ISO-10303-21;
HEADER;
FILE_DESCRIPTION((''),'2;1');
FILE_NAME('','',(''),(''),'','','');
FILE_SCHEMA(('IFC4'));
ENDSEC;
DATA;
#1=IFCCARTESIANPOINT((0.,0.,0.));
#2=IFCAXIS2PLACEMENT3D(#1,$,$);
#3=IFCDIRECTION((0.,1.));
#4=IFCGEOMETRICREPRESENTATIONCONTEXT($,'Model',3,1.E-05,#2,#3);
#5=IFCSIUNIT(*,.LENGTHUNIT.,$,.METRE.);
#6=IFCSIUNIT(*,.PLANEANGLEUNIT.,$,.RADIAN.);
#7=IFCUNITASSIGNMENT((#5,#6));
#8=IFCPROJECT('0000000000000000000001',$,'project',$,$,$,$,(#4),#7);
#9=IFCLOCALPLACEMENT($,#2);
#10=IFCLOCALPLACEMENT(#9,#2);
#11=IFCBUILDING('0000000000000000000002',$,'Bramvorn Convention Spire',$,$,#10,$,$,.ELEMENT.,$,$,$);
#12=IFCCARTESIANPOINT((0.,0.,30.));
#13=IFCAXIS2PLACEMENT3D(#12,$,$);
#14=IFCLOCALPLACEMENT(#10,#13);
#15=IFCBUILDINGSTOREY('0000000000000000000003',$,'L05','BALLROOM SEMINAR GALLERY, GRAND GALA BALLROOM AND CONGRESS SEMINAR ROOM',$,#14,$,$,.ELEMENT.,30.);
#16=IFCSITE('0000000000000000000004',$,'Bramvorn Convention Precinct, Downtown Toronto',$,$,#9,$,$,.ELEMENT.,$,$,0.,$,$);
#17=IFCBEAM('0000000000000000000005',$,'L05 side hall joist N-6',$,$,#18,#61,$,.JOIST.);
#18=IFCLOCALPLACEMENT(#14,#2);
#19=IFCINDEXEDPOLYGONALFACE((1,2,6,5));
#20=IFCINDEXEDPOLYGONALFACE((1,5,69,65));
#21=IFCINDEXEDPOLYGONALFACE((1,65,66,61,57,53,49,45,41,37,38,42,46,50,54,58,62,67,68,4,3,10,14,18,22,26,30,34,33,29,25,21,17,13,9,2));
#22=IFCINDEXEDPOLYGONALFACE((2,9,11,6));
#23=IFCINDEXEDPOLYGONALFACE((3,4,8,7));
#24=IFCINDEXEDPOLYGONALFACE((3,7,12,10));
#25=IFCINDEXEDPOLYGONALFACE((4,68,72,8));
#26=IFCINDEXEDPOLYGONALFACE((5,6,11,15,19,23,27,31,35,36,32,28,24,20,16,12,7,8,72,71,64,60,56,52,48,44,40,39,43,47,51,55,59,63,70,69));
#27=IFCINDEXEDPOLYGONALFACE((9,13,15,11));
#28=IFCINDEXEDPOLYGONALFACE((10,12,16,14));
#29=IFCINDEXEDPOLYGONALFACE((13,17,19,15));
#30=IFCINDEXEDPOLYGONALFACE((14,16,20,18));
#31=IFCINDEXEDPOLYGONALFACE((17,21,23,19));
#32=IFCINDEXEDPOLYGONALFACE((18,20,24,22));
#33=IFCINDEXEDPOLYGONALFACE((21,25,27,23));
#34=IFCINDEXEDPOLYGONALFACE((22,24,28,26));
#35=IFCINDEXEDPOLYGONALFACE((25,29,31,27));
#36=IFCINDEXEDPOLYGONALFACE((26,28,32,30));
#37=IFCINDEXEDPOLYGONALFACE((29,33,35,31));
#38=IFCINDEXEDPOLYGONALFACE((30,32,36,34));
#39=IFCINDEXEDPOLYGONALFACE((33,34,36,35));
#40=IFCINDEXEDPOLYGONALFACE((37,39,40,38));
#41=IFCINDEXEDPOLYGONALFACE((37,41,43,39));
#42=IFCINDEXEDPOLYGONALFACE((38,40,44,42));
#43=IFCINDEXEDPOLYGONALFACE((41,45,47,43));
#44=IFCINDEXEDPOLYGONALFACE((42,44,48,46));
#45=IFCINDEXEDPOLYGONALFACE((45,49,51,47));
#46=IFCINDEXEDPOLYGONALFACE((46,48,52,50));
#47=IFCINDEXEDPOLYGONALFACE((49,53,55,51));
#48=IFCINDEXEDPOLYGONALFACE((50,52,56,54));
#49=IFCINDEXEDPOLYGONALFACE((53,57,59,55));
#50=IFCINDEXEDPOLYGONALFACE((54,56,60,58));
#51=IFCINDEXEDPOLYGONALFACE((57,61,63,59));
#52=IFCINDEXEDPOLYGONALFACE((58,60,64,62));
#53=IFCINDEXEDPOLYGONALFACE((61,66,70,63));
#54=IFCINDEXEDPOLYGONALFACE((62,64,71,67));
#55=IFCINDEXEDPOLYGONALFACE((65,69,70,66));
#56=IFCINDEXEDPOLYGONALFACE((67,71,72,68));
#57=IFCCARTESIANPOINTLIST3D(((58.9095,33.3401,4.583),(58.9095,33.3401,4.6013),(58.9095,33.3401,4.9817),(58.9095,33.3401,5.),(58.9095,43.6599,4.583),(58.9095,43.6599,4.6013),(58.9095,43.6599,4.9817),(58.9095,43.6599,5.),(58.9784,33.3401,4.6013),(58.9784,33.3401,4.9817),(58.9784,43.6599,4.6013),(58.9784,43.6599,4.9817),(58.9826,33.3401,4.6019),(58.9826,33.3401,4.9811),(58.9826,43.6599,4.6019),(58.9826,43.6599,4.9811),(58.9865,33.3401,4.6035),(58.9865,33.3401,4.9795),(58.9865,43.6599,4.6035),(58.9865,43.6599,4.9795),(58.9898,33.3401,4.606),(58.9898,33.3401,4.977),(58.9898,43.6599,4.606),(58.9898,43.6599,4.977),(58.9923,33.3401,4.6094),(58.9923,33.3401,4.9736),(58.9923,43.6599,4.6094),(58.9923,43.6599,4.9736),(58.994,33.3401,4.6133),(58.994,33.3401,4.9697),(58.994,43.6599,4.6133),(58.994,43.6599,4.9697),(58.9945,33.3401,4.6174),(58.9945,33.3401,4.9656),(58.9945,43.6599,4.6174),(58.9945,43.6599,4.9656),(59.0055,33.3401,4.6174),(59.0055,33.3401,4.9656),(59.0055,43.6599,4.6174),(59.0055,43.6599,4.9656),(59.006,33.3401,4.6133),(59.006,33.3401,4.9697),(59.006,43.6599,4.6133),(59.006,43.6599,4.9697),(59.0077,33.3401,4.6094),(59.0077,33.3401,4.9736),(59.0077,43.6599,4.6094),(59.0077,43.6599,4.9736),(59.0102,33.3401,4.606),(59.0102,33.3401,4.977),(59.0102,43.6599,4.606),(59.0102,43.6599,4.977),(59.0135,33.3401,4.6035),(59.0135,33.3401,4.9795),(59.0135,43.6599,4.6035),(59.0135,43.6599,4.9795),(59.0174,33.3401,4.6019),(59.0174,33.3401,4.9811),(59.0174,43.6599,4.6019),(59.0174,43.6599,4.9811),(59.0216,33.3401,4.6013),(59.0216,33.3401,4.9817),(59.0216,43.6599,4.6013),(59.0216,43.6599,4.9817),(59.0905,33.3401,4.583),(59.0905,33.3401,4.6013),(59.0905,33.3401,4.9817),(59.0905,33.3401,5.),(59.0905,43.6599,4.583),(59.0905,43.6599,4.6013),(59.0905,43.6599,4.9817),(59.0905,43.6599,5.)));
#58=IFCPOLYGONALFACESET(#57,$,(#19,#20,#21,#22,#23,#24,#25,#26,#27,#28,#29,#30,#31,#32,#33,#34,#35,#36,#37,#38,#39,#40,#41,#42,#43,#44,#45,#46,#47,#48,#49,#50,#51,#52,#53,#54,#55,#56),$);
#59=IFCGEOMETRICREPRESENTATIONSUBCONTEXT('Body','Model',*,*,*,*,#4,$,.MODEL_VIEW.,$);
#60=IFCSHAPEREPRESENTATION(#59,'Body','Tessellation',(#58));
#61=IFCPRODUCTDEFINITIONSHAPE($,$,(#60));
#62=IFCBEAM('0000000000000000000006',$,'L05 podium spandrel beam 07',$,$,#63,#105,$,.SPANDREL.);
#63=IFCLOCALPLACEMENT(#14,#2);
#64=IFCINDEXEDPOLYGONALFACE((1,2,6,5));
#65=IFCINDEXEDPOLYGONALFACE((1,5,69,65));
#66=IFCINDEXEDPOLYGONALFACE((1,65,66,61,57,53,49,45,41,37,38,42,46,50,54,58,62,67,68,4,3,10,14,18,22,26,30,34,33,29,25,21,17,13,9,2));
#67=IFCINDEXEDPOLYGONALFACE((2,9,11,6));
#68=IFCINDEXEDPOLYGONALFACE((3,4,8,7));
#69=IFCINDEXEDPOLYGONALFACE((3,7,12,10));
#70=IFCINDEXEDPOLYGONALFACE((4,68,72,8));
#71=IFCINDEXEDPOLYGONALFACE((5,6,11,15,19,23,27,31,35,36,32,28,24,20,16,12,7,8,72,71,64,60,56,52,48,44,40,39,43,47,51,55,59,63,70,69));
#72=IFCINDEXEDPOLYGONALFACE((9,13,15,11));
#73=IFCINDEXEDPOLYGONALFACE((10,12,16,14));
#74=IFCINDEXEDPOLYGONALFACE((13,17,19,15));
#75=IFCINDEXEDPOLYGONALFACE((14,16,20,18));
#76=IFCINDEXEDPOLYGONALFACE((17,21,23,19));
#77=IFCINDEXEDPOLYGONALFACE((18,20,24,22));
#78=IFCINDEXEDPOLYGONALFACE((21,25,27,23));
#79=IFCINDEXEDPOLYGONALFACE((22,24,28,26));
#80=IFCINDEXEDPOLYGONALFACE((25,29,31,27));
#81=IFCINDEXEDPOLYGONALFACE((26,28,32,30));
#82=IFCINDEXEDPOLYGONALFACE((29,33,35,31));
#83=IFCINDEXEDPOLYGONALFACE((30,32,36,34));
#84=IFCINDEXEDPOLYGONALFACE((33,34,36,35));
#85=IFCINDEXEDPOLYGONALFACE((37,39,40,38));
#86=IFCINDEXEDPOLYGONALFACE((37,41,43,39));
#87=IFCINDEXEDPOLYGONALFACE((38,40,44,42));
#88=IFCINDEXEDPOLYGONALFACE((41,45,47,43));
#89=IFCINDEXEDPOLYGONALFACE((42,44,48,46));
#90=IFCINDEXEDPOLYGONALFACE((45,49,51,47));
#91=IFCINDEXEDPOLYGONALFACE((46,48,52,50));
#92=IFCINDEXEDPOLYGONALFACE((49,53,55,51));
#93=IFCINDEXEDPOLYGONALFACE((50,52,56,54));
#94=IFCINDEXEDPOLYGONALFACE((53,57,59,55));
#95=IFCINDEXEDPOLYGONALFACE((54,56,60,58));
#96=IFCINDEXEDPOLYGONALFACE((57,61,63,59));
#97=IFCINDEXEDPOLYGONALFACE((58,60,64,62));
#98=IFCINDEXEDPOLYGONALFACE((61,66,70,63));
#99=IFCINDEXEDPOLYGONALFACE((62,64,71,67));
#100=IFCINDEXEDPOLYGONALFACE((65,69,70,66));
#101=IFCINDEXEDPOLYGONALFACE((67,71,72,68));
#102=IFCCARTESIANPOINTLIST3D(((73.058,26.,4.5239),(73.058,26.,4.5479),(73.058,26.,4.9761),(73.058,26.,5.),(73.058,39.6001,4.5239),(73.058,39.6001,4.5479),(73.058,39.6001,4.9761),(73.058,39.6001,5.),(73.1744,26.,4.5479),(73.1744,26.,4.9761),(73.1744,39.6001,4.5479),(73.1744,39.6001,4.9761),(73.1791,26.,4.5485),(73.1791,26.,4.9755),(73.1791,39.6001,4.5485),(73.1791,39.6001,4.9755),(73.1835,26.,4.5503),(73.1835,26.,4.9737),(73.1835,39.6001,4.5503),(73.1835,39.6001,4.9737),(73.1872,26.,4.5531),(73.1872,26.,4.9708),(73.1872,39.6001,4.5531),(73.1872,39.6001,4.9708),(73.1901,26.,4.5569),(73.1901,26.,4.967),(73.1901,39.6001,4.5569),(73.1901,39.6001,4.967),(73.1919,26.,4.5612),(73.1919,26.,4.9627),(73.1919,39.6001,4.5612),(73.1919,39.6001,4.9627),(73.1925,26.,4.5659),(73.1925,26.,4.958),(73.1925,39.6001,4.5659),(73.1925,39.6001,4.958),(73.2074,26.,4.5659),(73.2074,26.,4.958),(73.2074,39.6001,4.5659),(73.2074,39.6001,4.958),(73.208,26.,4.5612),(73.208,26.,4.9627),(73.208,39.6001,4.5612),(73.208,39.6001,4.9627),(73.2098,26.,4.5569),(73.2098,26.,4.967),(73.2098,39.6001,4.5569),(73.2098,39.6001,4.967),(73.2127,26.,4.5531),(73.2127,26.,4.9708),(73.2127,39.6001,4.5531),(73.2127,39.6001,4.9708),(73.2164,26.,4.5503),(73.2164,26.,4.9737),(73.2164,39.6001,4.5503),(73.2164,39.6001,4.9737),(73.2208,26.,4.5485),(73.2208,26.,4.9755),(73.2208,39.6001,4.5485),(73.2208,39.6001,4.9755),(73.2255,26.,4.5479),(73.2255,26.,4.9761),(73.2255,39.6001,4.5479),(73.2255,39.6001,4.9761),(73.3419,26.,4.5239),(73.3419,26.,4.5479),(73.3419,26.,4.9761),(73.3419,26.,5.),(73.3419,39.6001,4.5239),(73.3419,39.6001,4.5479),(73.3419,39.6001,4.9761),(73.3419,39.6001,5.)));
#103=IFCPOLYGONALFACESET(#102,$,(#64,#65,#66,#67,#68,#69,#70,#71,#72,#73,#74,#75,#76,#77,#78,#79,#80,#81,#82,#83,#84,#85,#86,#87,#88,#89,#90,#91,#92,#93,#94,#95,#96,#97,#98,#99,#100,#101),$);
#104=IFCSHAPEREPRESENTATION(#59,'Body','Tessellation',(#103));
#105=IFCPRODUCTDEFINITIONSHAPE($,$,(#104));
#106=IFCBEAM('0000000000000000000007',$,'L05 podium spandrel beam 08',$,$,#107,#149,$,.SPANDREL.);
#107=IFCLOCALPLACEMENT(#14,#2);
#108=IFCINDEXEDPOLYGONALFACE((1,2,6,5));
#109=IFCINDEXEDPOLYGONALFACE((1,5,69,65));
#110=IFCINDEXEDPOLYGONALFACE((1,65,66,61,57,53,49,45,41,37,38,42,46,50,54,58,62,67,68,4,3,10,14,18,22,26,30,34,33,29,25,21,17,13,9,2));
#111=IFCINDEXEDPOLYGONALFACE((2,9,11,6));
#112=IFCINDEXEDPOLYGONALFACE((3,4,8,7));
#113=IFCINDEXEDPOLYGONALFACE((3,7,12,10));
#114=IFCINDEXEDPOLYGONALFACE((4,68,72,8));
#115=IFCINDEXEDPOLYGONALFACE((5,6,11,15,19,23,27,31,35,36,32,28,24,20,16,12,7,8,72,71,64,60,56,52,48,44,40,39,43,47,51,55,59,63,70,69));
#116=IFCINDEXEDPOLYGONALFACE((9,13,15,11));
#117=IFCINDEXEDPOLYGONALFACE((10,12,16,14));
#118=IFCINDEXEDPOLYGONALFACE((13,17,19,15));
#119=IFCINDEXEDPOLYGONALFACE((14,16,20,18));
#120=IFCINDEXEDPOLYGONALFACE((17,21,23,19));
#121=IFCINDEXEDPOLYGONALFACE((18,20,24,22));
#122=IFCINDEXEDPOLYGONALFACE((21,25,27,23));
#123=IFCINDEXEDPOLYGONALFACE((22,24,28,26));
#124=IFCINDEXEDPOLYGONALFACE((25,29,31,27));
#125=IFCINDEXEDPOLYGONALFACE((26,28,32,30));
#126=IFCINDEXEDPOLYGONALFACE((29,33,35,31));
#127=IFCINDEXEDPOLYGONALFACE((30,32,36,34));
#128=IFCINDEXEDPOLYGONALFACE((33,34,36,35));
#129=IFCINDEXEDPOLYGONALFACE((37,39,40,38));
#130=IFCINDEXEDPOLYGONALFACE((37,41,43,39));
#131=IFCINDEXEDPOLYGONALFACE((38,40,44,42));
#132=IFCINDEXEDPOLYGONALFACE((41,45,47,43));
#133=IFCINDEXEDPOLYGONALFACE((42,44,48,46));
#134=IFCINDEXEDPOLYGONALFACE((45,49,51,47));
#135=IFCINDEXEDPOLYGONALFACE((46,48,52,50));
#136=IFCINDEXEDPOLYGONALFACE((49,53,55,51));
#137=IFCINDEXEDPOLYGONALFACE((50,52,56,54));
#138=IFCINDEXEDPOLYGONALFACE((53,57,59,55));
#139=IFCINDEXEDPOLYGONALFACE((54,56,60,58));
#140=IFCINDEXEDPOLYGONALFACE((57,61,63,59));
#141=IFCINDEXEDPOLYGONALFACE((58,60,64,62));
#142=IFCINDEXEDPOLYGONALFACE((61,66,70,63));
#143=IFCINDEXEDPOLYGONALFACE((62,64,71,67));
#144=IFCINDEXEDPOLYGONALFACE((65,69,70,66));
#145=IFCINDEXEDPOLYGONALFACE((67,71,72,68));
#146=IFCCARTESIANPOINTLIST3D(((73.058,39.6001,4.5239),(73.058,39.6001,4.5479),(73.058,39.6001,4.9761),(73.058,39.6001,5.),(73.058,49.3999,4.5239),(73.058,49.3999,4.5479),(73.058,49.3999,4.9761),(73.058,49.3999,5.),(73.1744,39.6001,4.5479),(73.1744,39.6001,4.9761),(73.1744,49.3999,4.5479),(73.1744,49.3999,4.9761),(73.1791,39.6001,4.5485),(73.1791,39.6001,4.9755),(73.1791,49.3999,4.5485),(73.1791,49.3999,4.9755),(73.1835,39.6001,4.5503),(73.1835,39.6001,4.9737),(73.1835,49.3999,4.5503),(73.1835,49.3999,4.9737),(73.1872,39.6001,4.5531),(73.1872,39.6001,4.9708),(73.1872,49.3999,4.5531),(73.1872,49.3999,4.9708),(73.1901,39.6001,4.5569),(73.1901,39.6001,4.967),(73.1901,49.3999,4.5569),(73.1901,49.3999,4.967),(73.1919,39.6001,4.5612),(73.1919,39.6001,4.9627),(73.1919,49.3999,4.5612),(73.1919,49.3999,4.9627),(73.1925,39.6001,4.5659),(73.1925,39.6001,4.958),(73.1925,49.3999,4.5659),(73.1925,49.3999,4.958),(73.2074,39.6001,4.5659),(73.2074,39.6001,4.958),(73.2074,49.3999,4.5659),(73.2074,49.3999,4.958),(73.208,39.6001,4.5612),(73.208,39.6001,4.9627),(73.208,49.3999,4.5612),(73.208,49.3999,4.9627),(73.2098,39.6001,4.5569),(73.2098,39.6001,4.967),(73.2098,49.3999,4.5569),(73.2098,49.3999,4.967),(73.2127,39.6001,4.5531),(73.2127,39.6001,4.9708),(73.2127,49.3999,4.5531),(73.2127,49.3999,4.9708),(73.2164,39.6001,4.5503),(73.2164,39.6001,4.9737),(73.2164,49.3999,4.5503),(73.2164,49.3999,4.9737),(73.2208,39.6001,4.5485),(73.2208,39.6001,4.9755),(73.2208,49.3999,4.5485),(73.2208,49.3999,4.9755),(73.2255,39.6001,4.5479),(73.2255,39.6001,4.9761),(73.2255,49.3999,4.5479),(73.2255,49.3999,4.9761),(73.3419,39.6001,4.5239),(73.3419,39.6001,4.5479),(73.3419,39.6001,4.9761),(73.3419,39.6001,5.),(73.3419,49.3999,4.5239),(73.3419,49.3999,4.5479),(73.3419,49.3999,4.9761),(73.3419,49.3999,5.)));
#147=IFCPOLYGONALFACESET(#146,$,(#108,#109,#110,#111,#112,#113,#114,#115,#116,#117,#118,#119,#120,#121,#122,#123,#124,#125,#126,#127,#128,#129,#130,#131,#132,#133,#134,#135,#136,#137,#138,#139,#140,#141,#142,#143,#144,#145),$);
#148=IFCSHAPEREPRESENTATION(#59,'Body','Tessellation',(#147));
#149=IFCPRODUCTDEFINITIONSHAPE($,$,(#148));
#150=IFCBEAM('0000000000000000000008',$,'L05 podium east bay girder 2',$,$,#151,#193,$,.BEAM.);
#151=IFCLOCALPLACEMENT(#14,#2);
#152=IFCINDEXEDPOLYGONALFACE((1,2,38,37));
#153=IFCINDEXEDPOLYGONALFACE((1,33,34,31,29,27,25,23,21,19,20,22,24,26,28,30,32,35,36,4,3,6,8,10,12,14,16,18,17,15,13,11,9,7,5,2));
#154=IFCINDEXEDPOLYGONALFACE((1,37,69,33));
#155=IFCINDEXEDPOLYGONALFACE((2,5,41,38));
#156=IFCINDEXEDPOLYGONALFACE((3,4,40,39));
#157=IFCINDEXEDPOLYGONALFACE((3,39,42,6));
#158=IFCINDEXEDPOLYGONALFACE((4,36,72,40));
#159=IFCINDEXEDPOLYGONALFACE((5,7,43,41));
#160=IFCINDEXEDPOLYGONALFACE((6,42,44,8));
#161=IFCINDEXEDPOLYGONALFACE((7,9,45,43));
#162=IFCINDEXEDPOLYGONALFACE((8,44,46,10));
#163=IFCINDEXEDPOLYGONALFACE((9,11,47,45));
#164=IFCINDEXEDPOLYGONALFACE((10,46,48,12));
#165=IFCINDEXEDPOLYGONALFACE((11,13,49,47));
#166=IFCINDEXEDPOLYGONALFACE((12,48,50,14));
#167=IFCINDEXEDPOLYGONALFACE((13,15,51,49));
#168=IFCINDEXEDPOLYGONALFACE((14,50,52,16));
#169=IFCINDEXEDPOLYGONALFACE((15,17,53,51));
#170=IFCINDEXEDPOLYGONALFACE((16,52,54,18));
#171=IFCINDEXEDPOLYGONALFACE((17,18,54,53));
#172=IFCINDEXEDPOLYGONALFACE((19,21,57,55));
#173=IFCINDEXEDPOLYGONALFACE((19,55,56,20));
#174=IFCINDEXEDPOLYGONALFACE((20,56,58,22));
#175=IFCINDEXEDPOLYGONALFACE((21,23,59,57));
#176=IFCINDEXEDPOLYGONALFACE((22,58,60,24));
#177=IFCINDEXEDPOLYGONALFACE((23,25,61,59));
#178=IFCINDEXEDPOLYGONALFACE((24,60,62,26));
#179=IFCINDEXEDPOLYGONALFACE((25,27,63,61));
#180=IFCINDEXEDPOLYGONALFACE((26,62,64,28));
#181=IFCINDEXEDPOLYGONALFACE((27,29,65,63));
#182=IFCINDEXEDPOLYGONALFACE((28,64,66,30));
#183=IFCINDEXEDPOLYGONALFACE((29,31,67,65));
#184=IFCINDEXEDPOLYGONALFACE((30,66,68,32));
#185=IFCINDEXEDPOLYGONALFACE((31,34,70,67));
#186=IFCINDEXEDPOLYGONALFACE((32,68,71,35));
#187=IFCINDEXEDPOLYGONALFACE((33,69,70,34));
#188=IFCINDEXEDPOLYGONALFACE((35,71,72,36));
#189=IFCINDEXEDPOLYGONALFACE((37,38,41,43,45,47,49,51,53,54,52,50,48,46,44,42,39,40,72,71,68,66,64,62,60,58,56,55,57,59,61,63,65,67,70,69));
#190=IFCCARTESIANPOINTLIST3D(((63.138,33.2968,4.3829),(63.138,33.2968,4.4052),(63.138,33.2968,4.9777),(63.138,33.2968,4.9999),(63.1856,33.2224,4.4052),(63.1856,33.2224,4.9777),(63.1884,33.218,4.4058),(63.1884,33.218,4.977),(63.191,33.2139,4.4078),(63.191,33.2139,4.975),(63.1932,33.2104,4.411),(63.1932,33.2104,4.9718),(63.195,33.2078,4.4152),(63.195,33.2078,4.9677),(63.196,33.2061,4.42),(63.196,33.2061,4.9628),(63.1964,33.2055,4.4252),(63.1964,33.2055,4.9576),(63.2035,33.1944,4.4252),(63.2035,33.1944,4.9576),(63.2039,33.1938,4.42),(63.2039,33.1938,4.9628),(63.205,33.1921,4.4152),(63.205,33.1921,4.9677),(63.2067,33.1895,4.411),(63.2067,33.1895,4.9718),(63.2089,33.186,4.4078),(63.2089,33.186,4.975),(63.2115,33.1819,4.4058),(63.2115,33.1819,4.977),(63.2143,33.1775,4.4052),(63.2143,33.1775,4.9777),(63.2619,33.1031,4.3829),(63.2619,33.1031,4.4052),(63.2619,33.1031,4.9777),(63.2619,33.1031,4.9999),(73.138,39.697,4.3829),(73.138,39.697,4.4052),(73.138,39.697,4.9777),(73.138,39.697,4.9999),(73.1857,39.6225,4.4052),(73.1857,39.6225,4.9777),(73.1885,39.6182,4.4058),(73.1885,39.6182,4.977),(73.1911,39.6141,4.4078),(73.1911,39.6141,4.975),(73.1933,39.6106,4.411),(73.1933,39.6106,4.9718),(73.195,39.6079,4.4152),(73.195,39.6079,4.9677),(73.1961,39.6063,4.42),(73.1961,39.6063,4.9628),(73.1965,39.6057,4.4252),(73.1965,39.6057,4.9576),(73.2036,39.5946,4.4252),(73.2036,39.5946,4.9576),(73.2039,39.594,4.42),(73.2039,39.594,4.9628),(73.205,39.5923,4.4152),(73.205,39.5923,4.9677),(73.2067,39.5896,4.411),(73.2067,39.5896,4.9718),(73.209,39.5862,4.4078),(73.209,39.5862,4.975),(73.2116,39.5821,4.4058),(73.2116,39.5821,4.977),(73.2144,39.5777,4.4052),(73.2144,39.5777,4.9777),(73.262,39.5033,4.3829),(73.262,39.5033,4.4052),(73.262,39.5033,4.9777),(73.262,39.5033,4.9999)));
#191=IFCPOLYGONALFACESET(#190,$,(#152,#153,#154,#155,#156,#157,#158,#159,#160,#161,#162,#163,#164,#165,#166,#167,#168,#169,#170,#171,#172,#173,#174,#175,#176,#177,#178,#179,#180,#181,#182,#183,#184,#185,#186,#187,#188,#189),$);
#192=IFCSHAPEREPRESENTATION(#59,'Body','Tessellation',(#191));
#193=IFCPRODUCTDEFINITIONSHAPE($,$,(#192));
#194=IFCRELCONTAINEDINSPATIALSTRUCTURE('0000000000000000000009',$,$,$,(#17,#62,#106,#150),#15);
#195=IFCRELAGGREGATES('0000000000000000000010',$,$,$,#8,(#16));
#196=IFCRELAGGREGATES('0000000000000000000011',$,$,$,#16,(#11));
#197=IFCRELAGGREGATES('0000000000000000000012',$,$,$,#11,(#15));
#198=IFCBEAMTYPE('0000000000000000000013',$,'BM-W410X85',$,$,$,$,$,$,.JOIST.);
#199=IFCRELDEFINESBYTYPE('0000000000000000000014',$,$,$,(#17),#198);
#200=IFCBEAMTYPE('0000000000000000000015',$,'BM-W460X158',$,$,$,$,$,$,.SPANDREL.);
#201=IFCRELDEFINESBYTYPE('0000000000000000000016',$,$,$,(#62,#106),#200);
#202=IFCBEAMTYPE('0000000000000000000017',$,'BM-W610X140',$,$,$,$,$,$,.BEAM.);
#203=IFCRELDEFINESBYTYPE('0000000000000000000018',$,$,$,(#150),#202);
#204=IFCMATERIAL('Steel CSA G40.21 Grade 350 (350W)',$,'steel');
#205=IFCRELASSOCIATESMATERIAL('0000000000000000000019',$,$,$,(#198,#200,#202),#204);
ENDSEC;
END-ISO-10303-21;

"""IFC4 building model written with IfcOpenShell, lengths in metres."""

from ifc_helpers import new_model, si_unit, direction, frame, origin, origin_2d, place, context, subcontext, project, spatial, i_section, extrude, material, material_profile, profile_set, type_object, element, save


model = new_model("IFC4")

# Units and contexts
model_context = context("Model", 3, precision=1e-05, world=origin(), true_north=direction((0.0, 1.0)))
body_context = subcontext(model_context, "Body", "Model", "MODEL_VIEW")
ifc_project = project(units=[si_unit("LENGTHUNIT", "METRE"), si_unit("PLANEANGLEUNIT", "RADIAN")], contexts=[model_context])

# Site, building, storey
site_placement = place(None, origin())
site = spatial("IfcSite", under=ifc_project, at=site_placement, Name="Bramvorn Convention Precinct, Downtown Toronto", CompositionType="ELEMENT", RefElevation=0.0)
building_placement = place(site_placement, origin())
building = spatial("IfcBuilding", under=site, at=building_placement, Name="Bramvorn Convention Spire", CompositionType="ELEMENT")
storey_placement = place(building_placement, frame((0.0, 0.0, 30.0)))
storey = spatial("IfcBuildingStorey", under=building, at=storey_placement, Name="L05", Description="BALLROOM SEMINAR GALLERY, GRAND GALA BALLROOM AND CONGRESS SEMINAR ROOM", CompositionType="ELEMENT", Elevation=30.0)

# Shared definitions
ifc_material_1 = material(Name="Steel CSA G40.21 Grade 350 (350W)", Category="steel")

# Beams
ifc_material_profile_1 = material_profile(ifc_material_1, i_section(OverallWidth=0.1809, OverallDepth=0.417, WebThickness=0.011, FlangeThickness=0.0183, FilletRadius=0.0161, at=origin_2d()))
ifc_profile_set_1 = profile_set([ifc_material_profile_1], Name="Steel CSA G40.21 Grade 350 (350W) - W410X85")
beam_type_1 = type_object("IfcBeamType", Name="BM-W410X85", PredefinedType="JOIST", material=ifc_profile_set_1)
for number, where, z_axis, x_axis, name in (
    (1, (59.0, 33.3401, 4.7915), (0.0, 1.0, 0.0), (-1.0, 0.0, 0.0), "L05 side hall joist N-6"),
):
    element("IfcBeam", number, at=place(storey_placement, frame(where, z_axis=z_axis, x_axis=x_axis)), inside=storey, type_object=beam_type_1, Name=name, PredefinedType="JOIST", context=body_context, shape_type="SweptSolid", body=[
        extrude(i_section(OverallWidth=0.1809, OverallDepth=0.417, WebThickness=0.011, FlangeThickness=0.0183, FilletRadius=0.0161, at=origin_2d()), origin(), (0.0, 0.0, 1.0), 10.3198),
    ])
ifc_material_profile_2 = material_profile(ifc_material_1, i_section(OverallWidth=0.2839, OverallDepth=0.4761, WebThickness=0.0149, FlangeThickness=0.0239, FilletRadius=0.0181, at=origin_2d()))
ifc_profile_set_2 = profile_set([ifc_material_profile_2], Name="Steel CSA G40.21 Grade 350 (350W) - W460X158")
beam_type_2 = type_object("IfcBeamType", Name="BM-W460X158", PredefinedType="SPANDREL", material=ifc_profile_set_2)
beam_1_placement = place(storey_placement, frame((73.2, 26.0, 4.762), z_axis=(0.0, 1.0, 0.0), x_axis=(-1.0, 0.0, 0.0)))
element("IfcBeam", 2, at=beam_1_placement, inside=storey, type_object=beam_type_2, Name="L05 podium spandrel beam 07", PredefinedType="SPANDREL", context=body_context, shape_type="SweptSolid", body=[
    extrude(i_section(OverallWidth=0.2839, OverallDepth=0.4761, WebThickness=0.0149, FlangeThickness=0.0239, FilletRadius=0.0181, at=origin_2d()), origin(), (0.0, 0.0, 1.0), 13.6001),
])
beam_2_placement = place(storey_placement, frame((73.2, 39.6001, 4.762), z_axis=(0.0, 1.0, 0.0), x_axis=(-1.0, 0.0, 0.0)))
element("IfcBeam", 3, at=beam_2_placement, inside=storey, type_object=beam_type_2, Name="L05 podium spandrel beam 08", PredefinedType="SPANDREL", context=body_context, shape_type="SweptSolid", body=[
    extrude(i_section(OverallWidth=0.2839, OverallDepth=0.4761, WebThickness=0.0149, FlangeThickness=0.0239, FilletRadius=0.0181, at=origin_2d()), origin(), (0.0, 0.0, 1.0), 9.7998),
])
ifc_material_profile_3 = material_profile(ifc_material_1, i_section(OverallWidth=0.23, OverallDepth=0.6169, WebThickness=0.0132, FlangeThickness=0.0222, FilletRadius=0.02, at=origin_2d()))
ifc_profile_set_3 = profile_set([ifc_material_profile_3], Name="Steel CSA G40.21 Grade 350 (350W) - W610X140")
beam_type_3 = type_object("IfcBeamType", Name="BM-W610X140", PredefinedType="BEAM", material=ifc_profile_set_3)
beam_3_placement = place(storey_placement, frame((63.2, 33.2, 4.6914), z_axis=(0.842266, 0.539062, 0.0), x_axis=(-0.539062, 0.842266, 0.0)))
element("IfcBeam", 4, at=beam_3_placement, inside=storey, type_object=beam_type_3, Name="L05 podium east bay girder 2", PredefinedType="BEAM", context=body_context, shape_type="SweptSolid", body=[
    extrude(i_section(OverallWidth=0.23, OverallDepth=0.6169, WebThickness=0.0132, FlangeThickness=0.0222, FilletRadius=0.02, at=origin_2d()), origin(), (0.0, 0.0, 1.0), 11.8728),
])

save(model, "model.ifc")
